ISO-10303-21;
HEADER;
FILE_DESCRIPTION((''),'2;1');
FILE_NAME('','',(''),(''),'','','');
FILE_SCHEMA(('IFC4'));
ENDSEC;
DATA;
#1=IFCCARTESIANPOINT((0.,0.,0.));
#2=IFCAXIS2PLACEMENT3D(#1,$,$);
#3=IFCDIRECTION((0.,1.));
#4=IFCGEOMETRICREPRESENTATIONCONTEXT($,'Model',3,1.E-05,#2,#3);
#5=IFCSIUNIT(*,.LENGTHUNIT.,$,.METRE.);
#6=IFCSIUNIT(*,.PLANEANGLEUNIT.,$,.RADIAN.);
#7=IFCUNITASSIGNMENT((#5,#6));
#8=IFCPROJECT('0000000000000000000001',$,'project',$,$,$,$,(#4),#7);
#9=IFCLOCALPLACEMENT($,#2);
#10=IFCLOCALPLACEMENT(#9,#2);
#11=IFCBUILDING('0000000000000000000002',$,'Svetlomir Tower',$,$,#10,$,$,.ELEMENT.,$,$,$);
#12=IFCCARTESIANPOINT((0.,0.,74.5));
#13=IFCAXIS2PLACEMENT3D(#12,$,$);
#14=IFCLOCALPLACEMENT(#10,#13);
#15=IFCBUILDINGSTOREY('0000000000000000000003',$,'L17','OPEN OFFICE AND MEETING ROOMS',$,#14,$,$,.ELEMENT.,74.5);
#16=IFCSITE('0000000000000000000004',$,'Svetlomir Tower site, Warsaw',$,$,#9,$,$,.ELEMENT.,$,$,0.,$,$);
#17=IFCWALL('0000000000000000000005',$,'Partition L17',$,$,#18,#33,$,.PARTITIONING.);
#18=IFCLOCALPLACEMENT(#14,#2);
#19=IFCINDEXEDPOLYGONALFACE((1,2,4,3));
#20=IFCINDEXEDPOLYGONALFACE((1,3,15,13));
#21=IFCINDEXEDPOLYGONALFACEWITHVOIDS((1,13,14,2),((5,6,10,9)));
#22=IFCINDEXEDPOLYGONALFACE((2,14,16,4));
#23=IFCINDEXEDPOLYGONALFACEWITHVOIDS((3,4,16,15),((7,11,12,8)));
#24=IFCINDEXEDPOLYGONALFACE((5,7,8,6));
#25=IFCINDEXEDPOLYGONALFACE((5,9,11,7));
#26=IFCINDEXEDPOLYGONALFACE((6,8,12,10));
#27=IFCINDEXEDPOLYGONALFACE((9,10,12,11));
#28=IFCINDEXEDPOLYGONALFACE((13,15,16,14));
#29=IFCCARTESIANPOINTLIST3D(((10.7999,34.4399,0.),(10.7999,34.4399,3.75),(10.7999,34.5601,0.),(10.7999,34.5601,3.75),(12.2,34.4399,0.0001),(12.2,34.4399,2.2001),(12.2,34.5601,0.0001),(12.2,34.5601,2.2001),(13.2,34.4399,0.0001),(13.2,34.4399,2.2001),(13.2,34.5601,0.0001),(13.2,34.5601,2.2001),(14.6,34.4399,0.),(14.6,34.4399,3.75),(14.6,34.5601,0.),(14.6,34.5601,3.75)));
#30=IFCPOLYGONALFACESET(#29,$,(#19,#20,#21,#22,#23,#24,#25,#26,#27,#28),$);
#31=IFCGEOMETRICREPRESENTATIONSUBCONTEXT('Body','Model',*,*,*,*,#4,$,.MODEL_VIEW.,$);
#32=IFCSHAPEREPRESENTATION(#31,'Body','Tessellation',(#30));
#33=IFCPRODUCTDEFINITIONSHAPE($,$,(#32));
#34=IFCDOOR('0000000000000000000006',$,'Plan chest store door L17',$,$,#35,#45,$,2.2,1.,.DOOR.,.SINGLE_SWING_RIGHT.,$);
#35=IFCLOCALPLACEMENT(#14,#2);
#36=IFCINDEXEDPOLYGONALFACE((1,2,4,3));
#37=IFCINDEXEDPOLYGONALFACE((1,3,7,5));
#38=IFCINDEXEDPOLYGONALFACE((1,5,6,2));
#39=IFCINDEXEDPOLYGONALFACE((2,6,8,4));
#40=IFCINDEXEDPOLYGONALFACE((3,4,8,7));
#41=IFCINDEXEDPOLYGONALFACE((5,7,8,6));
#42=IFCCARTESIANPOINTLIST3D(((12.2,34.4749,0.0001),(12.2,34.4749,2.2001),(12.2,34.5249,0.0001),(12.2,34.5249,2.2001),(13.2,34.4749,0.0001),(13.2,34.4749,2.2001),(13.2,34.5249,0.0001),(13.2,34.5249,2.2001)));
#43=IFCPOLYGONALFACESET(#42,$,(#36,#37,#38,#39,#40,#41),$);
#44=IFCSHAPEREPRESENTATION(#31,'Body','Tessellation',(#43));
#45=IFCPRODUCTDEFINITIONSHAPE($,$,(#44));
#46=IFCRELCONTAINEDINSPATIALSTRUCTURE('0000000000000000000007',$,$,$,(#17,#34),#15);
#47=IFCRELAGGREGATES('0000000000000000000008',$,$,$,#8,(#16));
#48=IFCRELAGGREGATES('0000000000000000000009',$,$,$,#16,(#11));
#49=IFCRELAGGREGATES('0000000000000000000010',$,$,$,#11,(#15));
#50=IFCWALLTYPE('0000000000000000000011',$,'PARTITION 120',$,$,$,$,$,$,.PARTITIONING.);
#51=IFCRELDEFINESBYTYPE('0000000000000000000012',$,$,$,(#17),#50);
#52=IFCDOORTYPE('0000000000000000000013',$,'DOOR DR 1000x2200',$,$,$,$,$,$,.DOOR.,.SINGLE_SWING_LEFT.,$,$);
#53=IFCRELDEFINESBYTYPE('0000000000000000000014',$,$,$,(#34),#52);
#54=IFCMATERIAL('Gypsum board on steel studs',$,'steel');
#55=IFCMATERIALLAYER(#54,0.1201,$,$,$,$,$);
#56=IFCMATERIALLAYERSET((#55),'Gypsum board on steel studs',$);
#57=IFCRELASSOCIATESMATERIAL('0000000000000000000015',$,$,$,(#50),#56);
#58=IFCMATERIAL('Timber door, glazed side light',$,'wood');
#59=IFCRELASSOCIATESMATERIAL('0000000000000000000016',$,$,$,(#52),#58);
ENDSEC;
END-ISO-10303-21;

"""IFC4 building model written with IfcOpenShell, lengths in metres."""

from ifc_helpers import new_model, si_unit, direction, frame, frame_2d, origin, place, context, subcontext, project, spatial, rectangle, extrude, material, layer, layer_set, type_object, element, fill, save


model = new_model("IFC4")

# Units and contexts
model_context = context("Model", 3, precision=1e-05, world=origin(), true_north=direction((0.0, 1.0)))
body_context = subcontext(model_context, "Body", "Model", "MODEL_VIEW")
ifc_project = project(units=[si_unit("LENGTHUNIT", "METRE"), si_unit("PLANEANGLEUNIT", "RADIAN")], contexts=[model_context])

# Site, building, storey
site_placement = place(None, origin())
site = spatial("IfcSite", under=ifc_project, at=site_placement, Name="Svetlomir Tower site, Warsaw", CompositionType="ELEMENT", RefElevation=0.0)
building_placement = place(site_placement, origin())
building = spatial("IfcBuilding", under=site, at=building_placement, Name="Svetlomir Tower", CompositionType="ELEMENT")
storey_placement = place(building_placement, frame((0.0, 0.0, 74.5)))
storey = spatial("IfcBuildingStorey", under=building, at=storey_placement, Name="L17", Description="OPEN OFFICE AND MEETING ROOMS", CompositionType="ELEMENT", Elevation=74.5)

# Shared definitions
ifc_material_1 = material(Name="Gypsum board on steel studs", Category="steel")
ifc_layer_1 = layer(ifc_material_1, 0.1201)
ifc_layer_set_1 = layer_set([ifc_layer_1], Name="Gypsum board on steel studs")
wall_type_1 = type_object("IfcWallType", Name="PARTITION 120", PredefinedType="PARTITIONING", material=ifc_layer_set_1)

# Shared definitions
ifc_material_2 = material(Name="Timber door, glazed side light", Category="wood")
door_type_1 = type_object("IfcDoorType", Name="DOOR DR 1000x2200", OperationType="SINGLE_SWING_LEFT", PredefinedType="DOOR", material=ifc_material_2)

# Wall, opening, door
wall_1_placement = place(storey_placement, frame((10.8, 34.5, 0.0), z_axis=(0.0, 0.0, 1.0), x_axis=(1.0, 0.0, 0.0)))
wall_1 = element("IfcWall", 1, at=wall_1_placement, inside=storey, type_object=wall_type_1, Name="Partition L17", PredefinedType="PARTITIONING", context=body_context, shape_type="SweptSolid", body=[
    extrude(rectangle(XDim=3.8, YDim=0.1201, at=frame_2d((1.8999, 0.0))), origin(), (0.0, 0.0, 1.0), 3.75),
])
opening_1_placement = place(wall_1_placement, frame((1.3999, 0.0, 0.0)))
opening_1 = element("IfcOpeningElement", 2, at=opening_1_placement, cuts=wall_1, PredefinedType="OPENING", context=body_context, shape_type="SweptSolid", body=[
    extrude(rectangle(XDim=1.0, YDim=2.2, at=frame_2d((0.5, 1.1001))), frame((0.0, 0.0701, 0.0), z_axis=(0.0, -1.0, 0.0), x_axis=(1.0, 0.0, 0.0)), (0.0, 0.0, 1.0), 0.1401),
])
door_1_placement = place(opening_1_placement, origin())
door_1 = element("IfcDoor", 3, at=door_1_placement, inside=storey, type_object=door_type_1, Name="Plan chest store door L17", OperationType="SINGLE_SWING_RIGHT", OverallHeight=2.2, OverallWidth=1.0, PredefinedType="DOOR", context=body_context, shape_type="SweptSolid", body=[
    extrude(rectangle(XDim=1.0, YDim=2.2, at=frame_2d((0.5, 1.1001))), frame((0.0, 0.0249, 0.0), z_axis=(0.0, -1.0, 0.0), x_axis=(1.0, 0.0, 0.0)), (0.0, 0.0, 1.0), 0.05),
])
fill(opening_1, door_1)

save(model, "model.ifc")
